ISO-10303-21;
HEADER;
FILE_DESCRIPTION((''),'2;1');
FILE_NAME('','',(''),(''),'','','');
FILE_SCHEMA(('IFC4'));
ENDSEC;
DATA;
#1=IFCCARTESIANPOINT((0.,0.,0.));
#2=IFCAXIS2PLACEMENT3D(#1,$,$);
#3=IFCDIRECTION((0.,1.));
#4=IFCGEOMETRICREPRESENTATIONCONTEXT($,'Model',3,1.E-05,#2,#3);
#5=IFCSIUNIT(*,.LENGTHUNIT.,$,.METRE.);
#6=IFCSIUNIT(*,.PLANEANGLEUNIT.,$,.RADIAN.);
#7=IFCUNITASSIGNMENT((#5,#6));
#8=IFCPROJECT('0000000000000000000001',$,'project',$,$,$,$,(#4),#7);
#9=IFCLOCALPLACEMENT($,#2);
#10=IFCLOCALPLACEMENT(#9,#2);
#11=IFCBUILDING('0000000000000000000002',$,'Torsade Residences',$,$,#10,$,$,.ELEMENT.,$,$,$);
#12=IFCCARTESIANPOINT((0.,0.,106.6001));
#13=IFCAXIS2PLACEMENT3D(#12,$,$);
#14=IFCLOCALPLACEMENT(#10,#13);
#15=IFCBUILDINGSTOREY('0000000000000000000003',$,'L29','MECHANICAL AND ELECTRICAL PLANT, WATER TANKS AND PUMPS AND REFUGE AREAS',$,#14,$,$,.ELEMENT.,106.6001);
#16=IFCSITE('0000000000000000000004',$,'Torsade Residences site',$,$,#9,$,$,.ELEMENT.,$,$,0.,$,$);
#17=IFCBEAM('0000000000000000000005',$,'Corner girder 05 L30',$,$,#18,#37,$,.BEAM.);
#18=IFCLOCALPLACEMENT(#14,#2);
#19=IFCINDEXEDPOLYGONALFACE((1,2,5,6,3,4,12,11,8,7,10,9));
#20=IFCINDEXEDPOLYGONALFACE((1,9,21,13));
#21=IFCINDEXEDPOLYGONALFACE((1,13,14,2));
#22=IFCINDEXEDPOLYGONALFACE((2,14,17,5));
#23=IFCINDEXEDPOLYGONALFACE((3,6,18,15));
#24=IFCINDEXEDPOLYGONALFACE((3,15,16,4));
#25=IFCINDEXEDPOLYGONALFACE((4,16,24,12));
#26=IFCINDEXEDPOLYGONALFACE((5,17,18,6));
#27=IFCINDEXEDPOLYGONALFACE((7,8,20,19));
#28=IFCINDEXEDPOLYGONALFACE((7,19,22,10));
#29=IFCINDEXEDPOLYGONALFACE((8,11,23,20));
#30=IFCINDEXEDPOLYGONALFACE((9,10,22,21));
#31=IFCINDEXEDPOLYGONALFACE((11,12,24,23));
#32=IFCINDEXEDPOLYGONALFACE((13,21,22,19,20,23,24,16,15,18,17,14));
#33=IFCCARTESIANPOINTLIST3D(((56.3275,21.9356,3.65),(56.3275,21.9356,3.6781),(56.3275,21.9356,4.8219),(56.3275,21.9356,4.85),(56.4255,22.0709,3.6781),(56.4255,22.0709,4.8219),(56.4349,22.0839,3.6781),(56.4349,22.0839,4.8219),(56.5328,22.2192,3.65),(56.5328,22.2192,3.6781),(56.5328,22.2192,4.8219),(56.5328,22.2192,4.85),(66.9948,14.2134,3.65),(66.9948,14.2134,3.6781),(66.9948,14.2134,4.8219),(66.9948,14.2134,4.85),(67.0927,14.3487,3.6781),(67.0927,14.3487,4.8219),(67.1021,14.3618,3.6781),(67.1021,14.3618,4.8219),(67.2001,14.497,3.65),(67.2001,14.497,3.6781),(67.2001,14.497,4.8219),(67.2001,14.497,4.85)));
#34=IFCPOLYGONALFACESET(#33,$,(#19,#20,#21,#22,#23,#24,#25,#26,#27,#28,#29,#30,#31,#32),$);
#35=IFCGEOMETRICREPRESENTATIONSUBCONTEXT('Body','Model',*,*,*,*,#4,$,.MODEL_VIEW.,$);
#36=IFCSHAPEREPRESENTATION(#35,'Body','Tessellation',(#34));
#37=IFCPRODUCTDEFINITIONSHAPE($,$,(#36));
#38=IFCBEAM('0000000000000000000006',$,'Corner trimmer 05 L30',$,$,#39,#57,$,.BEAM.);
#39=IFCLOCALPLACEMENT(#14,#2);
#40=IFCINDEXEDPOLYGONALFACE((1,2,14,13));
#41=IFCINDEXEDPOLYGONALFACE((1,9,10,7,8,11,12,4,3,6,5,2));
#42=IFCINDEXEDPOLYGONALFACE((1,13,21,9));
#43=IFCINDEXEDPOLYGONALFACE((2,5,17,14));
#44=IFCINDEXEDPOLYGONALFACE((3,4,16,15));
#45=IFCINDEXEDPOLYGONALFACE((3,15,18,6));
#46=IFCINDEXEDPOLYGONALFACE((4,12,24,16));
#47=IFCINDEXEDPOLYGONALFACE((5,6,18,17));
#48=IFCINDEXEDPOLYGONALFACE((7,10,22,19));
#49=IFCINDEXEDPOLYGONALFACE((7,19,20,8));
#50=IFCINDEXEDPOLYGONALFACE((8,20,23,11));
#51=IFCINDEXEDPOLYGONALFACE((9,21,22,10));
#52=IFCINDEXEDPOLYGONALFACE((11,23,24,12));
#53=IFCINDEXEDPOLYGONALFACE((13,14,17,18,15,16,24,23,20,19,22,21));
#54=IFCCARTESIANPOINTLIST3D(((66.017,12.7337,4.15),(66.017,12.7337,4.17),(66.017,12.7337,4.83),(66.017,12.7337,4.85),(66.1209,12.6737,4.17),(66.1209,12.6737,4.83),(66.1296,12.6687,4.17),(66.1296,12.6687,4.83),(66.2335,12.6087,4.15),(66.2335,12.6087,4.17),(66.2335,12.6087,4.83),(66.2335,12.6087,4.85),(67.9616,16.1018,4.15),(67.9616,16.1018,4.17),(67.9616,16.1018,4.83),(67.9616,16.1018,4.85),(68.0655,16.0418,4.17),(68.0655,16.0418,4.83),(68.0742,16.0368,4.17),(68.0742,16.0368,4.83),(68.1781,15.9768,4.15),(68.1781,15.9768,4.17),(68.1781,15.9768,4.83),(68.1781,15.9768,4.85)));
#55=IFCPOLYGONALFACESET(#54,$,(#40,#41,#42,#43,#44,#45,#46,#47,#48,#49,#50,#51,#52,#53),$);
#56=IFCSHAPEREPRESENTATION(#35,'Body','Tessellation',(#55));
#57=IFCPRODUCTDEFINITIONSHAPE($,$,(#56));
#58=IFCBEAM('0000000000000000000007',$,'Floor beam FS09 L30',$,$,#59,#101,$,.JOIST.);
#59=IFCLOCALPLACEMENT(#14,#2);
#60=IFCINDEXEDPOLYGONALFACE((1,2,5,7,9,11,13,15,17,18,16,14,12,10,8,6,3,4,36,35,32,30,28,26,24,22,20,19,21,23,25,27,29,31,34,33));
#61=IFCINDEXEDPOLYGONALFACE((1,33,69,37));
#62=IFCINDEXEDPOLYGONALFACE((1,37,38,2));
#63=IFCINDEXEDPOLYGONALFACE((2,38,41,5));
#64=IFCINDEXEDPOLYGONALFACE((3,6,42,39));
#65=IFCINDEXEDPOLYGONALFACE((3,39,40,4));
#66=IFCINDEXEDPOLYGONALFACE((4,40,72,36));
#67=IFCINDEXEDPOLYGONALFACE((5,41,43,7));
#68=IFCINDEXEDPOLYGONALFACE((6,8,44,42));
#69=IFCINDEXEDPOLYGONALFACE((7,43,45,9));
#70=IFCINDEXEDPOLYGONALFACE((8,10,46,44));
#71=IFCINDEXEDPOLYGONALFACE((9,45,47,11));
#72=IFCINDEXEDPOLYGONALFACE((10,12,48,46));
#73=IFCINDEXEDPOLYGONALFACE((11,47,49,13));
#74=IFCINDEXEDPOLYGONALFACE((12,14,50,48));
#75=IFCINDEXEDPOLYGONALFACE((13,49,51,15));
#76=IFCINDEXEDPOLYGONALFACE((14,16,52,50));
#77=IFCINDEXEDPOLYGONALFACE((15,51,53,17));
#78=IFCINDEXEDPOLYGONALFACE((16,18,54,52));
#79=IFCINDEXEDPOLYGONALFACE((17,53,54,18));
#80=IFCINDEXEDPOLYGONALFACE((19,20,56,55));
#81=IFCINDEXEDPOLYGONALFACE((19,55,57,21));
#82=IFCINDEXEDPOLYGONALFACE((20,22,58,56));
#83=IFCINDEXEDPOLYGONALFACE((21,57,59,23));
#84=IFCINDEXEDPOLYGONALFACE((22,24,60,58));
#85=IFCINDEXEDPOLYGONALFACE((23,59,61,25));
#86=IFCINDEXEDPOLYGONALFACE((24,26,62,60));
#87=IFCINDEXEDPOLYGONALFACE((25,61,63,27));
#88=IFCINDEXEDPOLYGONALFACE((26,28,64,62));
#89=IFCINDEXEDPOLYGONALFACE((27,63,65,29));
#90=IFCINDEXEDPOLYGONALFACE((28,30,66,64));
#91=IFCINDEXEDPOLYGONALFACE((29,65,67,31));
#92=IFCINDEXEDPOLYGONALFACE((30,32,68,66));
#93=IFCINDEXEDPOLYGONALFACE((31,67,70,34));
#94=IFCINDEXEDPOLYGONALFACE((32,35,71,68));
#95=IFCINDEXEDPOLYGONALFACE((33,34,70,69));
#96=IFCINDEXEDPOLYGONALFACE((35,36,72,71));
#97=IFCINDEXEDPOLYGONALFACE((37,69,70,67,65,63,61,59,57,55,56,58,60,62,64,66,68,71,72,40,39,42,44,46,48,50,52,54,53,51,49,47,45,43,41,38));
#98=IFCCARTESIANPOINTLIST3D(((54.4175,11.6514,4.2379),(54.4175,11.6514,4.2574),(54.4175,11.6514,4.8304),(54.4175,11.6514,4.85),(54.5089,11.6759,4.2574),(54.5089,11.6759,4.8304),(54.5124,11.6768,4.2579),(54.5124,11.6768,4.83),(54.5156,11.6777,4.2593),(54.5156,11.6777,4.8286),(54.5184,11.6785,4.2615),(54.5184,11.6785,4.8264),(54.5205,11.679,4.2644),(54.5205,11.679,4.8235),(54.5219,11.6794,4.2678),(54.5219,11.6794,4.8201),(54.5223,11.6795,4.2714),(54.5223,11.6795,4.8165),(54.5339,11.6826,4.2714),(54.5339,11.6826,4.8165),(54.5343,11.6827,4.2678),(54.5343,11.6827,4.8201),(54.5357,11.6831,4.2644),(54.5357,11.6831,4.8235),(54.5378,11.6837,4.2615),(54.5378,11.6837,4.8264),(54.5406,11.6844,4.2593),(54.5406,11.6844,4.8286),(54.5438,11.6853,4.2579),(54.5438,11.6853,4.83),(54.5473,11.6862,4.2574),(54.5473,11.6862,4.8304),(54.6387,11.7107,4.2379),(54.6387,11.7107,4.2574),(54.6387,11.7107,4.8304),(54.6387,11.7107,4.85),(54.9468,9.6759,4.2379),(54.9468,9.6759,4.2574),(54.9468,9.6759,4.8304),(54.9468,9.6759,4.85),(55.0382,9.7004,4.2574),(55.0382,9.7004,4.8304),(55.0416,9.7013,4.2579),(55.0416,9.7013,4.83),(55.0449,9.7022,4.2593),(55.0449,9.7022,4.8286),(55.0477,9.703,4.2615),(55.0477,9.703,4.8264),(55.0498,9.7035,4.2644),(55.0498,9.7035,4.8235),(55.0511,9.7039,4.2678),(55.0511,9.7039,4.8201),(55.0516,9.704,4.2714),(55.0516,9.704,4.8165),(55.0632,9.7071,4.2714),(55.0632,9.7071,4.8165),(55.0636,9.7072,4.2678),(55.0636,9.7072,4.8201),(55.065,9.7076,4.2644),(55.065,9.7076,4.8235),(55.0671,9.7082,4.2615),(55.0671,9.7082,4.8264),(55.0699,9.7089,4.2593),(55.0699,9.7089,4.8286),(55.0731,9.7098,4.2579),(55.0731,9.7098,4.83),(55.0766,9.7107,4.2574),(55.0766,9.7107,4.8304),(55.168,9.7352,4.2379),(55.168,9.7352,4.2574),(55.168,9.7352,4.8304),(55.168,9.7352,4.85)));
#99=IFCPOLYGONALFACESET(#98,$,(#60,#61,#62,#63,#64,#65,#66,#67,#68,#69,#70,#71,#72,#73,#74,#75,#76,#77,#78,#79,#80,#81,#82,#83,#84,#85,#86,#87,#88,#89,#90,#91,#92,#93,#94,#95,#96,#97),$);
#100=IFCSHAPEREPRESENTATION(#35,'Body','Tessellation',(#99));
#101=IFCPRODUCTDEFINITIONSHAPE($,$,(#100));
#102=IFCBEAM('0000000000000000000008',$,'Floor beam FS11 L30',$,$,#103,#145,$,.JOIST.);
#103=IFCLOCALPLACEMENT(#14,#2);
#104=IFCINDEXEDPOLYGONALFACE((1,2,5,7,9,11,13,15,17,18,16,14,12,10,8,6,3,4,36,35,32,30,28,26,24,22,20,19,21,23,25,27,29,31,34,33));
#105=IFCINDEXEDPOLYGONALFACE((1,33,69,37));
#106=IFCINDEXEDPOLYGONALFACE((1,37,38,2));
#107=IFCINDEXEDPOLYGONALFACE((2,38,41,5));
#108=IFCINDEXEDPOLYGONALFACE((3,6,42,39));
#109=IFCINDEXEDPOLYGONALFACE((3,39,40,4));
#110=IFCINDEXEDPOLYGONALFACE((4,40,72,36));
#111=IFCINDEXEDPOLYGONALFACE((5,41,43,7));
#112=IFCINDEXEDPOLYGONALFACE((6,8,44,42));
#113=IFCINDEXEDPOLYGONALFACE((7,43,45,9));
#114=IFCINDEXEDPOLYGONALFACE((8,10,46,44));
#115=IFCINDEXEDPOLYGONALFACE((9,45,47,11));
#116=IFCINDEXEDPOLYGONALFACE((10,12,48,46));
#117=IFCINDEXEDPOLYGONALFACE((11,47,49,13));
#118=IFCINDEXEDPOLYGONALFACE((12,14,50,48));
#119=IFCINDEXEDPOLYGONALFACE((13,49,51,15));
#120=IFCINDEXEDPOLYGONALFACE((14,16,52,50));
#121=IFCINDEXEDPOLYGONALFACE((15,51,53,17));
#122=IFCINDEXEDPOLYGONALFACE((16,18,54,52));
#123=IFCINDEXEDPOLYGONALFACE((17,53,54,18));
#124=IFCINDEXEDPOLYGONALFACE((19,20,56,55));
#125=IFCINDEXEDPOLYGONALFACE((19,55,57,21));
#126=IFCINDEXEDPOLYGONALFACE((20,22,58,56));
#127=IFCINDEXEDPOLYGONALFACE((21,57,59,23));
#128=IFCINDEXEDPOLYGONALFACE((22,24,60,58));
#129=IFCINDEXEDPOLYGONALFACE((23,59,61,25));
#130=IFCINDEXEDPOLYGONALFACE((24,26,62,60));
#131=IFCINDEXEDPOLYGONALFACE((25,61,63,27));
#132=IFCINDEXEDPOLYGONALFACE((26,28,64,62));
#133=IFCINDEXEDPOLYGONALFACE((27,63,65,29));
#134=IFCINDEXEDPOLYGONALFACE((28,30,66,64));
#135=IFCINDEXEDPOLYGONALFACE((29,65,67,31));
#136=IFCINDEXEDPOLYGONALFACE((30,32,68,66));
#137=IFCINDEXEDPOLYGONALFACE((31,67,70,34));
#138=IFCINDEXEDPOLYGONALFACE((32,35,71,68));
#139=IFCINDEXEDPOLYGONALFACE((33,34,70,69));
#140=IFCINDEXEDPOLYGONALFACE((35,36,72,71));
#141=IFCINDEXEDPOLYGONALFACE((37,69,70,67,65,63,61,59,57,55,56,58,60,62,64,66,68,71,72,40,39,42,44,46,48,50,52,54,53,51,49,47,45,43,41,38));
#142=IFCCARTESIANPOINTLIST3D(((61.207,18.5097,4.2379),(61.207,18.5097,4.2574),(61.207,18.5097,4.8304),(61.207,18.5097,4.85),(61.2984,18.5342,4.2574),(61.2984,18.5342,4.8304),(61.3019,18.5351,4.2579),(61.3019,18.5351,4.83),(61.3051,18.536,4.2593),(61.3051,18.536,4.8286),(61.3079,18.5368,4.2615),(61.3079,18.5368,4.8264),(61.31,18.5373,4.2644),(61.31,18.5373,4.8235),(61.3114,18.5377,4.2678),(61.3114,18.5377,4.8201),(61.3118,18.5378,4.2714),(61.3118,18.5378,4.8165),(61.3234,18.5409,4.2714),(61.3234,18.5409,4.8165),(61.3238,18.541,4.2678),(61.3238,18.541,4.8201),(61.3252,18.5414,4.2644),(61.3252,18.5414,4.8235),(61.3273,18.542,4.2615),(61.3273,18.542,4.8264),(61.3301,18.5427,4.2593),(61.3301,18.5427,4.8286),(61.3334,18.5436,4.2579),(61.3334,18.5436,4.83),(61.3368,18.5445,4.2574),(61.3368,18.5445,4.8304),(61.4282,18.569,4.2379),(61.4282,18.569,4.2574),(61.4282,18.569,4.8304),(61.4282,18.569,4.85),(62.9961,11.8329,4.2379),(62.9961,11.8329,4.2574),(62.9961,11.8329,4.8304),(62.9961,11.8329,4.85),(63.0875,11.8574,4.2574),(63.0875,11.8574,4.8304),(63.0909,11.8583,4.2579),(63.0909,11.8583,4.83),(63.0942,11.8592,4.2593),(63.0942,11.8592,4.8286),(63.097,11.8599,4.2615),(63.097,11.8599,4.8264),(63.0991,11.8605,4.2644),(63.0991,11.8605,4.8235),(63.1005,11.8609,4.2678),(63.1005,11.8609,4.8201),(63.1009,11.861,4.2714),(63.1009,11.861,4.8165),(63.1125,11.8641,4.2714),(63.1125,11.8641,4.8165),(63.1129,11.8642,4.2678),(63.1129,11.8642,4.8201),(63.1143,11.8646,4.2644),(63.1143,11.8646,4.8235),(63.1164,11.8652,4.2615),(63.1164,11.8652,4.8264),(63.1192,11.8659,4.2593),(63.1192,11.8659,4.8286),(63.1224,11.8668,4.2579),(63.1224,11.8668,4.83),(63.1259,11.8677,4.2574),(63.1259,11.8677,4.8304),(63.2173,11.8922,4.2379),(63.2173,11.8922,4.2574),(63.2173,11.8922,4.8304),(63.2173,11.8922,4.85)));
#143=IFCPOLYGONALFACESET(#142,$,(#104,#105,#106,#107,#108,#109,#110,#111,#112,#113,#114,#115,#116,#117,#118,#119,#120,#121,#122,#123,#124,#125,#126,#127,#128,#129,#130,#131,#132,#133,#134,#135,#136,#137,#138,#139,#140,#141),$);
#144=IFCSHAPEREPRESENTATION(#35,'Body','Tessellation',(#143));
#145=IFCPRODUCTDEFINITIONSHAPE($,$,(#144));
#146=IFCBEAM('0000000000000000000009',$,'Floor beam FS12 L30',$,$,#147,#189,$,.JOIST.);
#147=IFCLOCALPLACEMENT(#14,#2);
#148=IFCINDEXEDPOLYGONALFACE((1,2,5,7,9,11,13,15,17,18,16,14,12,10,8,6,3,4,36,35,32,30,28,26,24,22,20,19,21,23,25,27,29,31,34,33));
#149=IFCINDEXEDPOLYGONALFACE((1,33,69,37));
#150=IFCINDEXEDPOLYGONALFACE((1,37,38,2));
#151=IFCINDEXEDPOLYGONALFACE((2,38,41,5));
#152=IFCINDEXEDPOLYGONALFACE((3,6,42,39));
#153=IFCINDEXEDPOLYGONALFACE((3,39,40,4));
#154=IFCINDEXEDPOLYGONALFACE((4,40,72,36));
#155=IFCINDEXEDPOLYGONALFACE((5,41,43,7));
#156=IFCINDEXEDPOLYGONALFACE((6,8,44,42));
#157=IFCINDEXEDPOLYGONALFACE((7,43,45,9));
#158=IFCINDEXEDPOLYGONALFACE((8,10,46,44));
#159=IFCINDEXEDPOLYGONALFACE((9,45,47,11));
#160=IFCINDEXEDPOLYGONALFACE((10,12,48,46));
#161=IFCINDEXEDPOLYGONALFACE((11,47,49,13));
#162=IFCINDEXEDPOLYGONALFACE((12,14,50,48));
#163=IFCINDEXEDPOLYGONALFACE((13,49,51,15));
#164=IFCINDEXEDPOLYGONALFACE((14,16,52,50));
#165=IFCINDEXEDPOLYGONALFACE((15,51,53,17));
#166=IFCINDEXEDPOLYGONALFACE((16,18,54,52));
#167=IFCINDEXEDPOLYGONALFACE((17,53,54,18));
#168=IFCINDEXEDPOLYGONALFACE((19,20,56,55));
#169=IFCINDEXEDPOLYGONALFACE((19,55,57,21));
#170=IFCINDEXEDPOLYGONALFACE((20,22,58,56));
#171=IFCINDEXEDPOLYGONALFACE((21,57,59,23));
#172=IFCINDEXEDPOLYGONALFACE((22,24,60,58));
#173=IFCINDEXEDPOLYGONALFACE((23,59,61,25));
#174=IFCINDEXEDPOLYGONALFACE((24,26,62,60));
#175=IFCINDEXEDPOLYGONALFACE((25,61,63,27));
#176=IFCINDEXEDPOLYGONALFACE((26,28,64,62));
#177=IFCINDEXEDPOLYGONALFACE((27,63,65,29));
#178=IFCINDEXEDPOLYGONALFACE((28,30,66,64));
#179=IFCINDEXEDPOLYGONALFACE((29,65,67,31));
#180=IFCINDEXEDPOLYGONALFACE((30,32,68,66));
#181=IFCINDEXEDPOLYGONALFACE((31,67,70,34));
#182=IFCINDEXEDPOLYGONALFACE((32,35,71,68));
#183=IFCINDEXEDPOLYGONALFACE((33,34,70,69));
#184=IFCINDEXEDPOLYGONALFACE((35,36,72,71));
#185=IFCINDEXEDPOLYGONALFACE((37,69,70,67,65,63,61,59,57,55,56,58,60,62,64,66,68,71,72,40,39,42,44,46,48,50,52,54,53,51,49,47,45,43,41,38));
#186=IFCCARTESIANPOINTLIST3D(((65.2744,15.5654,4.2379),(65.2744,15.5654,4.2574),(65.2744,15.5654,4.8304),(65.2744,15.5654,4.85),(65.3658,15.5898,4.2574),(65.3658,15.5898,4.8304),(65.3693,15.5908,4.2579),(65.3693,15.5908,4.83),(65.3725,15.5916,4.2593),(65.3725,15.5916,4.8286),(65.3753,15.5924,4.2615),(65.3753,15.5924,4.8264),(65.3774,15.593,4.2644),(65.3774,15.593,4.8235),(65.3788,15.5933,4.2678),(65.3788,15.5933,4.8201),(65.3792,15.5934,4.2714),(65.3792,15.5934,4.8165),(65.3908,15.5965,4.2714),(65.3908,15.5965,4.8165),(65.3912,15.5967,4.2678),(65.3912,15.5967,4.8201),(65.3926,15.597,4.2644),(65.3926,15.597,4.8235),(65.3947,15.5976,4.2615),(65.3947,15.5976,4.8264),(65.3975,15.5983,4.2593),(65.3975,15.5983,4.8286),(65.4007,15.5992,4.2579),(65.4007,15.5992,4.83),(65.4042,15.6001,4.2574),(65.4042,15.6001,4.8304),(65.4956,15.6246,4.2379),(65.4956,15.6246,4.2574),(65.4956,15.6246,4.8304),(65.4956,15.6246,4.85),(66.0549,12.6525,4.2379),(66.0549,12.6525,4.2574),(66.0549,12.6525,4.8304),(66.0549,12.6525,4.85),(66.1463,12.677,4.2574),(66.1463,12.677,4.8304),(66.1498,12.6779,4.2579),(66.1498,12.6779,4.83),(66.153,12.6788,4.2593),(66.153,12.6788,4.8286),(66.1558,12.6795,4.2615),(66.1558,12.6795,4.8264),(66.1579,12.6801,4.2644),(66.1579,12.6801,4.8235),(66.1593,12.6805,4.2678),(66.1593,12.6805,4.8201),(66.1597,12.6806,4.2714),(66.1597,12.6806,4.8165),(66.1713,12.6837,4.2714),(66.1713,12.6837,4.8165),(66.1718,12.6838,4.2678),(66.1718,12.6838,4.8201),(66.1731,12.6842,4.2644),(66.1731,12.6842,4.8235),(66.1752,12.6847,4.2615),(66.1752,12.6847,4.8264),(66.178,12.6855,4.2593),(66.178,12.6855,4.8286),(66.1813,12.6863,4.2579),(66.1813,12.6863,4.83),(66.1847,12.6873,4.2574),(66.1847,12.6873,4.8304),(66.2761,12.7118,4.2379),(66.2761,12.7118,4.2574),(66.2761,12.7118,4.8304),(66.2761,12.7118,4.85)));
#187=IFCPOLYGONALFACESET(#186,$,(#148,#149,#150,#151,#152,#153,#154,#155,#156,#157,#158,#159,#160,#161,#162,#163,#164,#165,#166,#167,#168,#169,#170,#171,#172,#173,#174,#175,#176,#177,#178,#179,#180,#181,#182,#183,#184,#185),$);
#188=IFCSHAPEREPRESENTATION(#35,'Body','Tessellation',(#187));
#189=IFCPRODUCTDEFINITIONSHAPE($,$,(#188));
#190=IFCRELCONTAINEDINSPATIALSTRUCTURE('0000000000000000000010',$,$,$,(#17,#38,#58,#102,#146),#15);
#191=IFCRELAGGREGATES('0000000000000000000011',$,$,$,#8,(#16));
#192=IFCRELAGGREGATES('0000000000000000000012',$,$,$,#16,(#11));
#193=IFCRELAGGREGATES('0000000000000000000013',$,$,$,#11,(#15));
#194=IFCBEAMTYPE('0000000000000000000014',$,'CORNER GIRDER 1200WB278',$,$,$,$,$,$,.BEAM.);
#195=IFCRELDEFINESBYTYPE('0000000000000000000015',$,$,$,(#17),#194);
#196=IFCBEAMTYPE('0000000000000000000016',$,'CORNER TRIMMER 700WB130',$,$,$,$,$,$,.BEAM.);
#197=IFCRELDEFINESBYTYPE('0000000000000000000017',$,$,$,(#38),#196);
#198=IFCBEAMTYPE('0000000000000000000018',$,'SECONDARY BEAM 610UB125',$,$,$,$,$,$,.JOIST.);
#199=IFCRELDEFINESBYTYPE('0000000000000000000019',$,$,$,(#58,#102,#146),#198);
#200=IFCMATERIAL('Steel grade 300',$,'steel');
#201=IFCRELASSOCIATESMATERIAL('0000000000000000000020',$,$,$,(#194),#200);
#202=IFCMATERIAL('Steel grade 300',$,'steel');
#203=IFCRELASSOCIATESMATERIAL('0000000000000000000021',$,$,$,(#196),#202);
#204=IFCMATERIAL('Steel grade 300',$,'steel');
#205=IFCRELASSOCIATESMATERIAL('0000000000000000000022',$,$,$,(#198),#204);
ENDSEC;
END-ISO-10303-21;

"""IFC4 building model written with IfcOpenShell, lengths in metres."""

from ifc_helpers import new_model, si_unit, direction, frame, origin, origin_2d, place, context, subcontext, project, spatial, i_section, extrude, material, material_profile, profile_set, type_object, element, save


model = new_model("IFC4")

# Units and contexts
model_context = context("Model", 3, precision=1e-05, world=origin(), true_north=direction((0.0, 1.0)))
body_context = subcontext(model_context, "Body", "Model", "MODEL_VIEW")
ifc_project = project(units=[si_unit("LENGTHUNIT", "METRE"), si_unit("PLANEANGLEUNIT", "RADIAN")], contexts=[model_context])

# Site, building, storey
site_placement = place(None, origin())
site = spatial("IfcSite", under=ifc_project, at=site_placement, Name="Torsade Residences site", CompositionType="ELEMENT", RefElevation=0.0)
building_placement = place(site_placement, origin())
building = spatial("IfcBuilding", under=site, at=building_placement, Name="Torsade Residences", CompositionType="ELEMENT")
storey_placement = place(building_placement, frame((0.0, 0.0, 106.6001)))
storey = spatial("IfcBuildingStorey", under=building, at=storey_placement, Name="L29", Description="MECHANICAL AND ELECTRICAL PLANT, WATER TANKS AND PUMPS AND REFUGE AREAS", CompositionType="ELEMENT", Elevation=106.6001)

# Beams
ifc_material_1 = material(Name="Steel grade 300", Category="steel")
ifc_material_profile_1 = material_profile(ifc_material_1, i_section(OverallWidth=0.3501, OverallDepth=1.2, WebThickness=0.0161, FlangeThickness=0.0281, at=origin_2d()), Name="1200WB278")
ifc_profile_set_1 = profile_set([ifc_material_profile_1], Name="Steel grade 300")
beam_type_1 = type_object("IfcBeamType", Name="CORNER GIRDER 1200WB278", PredefinedType="BEAM", material=ifc_profile_set_1)
beam_1_placement = place(storey_placement, frame((67.0974, 14.3552, 4.25), z_axis=(-0.810028, 0.586391, 0.0), x_axis=(-0.586391, -0.810028, 0.0)))
element("IfcBeam", 1, at=beam_1_placement, inside=storey, type_object=beam_type_1, Name="Corner girder 05 L30", PredefinedType="BEAM", context=body_context, shape_type="SweptSolid", body=[
    extrude(i_section(OverallWidth=0.3501, OverallDepth=1.2, WebThickness=0.0161, FlangeThickness=0.0281, at=origin_2d()), origin(), (0.0, 0.0, 1.0), 13.1689),
])
ifc_material_2 = material(Name="Steel grade 300", Category="steel")
ifc_material_profile_2 = material_profile(ifc_material_2, i_section(OverallWidth=0.25, OverallDepth=0.7, WebThickness=0.01, FlangeThickness=0.02, at=origin_2d()), Name="700WB130")
ifc_profile_set_2 = profile_set([ifc_material_profile_2], Name="Steel grade 300")
beam_type_2 = type_object("IfcBeamType", Name="CORNER TRIMMER 700WB130", PredefinedType="BEAM", material=ifc_profile_set_2)
beam_2_placement = place(storey_placement, frame((68.0698, 16.0393, 4.5), z_axis=(-0.499994, -0.866029, 0.0), x_axis=(0.866029, -0.499994, 0.0)))
element("IfcBeam", 2, at=beam_2_placement, inside=storey, type_object=beam_type_2, Name="Corner trimmer 05 L30", PredefinedType="BEAM", context=body_context, shape_type="SweptSolid", body=[
    extrude(i_section(OverallWidth=0.25, OverallDepth=0.7, WebThickness=0.01, FlangeThickness=0.02, at=origin_2d()), origin(), (0.0, 0.0, 1.0), 3.8892),
])
ifc_material_3 = material(Name="Steel grade 300", Category="steel")
ifc_material_profile_3 = material_profile(ifc_material_3, i_section(OverallWidth=0.229, OverallDepth=0.6121, WebThickness=0.012, FlangeThickness=0.0195, FilletRadius=0.0139, at=origin_2d()), Name="610UB125")
ifc_profile_set_3 = profile_set([ifc_material_profile_3], Name="Steel grade 300")
beam_type_3 = type_object("IfcBeamType", Name="SECONDARY BEAM 610UB125", PredefinedType="JOIST", material=ifc_profile_set_3)
beam_3_placement = place(storey_placement, frame((55.0574, 9.7056, 4.5439), z_axis=(-0.258792, 0.965933, 0.0), x_axis=(-0.965933, -0.258792, 0.0)))
element("IfcBeam", 3, at=beam_3_placement, inside=storey, type_object=beam_type_3, Name="Floor beam FS09 L30", PredefinedType="JOIST", context=body_context, shape_type="SweptSolid", body=[
    extrude(i_section(OverallWidth=0.229, OverallDepth=0.6121, WebThickness=0.012, FlangeThickness=0.0195, FilletRadius=0.0139, at=origin_2d()), origin(), (0.0, 0.0, 1.0), 2.0452),
])
beam_4_placement = place(storey_placement, frame((63.1067, 11.8625, 4.5439), z_axis=(-0.258823, 0.965925, 0.0), x_axis=(-0.965925, -0.258823, 0.0)))
element("IfcBeam", 4, at=beam_4_placement, inside=storey, type_object=beam_type_3, Name="Floor beam FS11 L30", PredefinedType="JOIST", context=body_context, shape_type="SweptSolid", body=[
    extrude(i_section(OverallWidth=0.229, OverallDepth=0.6121, WebThickness=0.012, FlangeThickness=0.0195, FilletRadius=0.0139, at=origin_2d()), origin(), (0.0, 0.0, 1.0), 6.9124),
])
beam_5_placement = place(storey_placement, frame((66.1655, 12.6821, 4.5439), z_axis=(-0.258826, 0.965924, 0.0), x_axis=(-0.965924, -0.258826, 0.0)))
element("IfcBeam", 5, at=beam_5_placement, inside=storey, type_object=beam_type_3, Name="Floor beam FS12 L30", PredefinedType="JOIST", context=body_context, shape_type="SweptSolid", body=[
    extrude(i_section(OverallWidth=0.229, OverallDepth=0.6121, WebThickness=0.012, FlangeThickness=0.0195, FilletRadius=0.0139, at=origin_2d()), origin(), (0.0, 0.0, 1.0), 3.0156),
])

save(model, "model.ifc")
